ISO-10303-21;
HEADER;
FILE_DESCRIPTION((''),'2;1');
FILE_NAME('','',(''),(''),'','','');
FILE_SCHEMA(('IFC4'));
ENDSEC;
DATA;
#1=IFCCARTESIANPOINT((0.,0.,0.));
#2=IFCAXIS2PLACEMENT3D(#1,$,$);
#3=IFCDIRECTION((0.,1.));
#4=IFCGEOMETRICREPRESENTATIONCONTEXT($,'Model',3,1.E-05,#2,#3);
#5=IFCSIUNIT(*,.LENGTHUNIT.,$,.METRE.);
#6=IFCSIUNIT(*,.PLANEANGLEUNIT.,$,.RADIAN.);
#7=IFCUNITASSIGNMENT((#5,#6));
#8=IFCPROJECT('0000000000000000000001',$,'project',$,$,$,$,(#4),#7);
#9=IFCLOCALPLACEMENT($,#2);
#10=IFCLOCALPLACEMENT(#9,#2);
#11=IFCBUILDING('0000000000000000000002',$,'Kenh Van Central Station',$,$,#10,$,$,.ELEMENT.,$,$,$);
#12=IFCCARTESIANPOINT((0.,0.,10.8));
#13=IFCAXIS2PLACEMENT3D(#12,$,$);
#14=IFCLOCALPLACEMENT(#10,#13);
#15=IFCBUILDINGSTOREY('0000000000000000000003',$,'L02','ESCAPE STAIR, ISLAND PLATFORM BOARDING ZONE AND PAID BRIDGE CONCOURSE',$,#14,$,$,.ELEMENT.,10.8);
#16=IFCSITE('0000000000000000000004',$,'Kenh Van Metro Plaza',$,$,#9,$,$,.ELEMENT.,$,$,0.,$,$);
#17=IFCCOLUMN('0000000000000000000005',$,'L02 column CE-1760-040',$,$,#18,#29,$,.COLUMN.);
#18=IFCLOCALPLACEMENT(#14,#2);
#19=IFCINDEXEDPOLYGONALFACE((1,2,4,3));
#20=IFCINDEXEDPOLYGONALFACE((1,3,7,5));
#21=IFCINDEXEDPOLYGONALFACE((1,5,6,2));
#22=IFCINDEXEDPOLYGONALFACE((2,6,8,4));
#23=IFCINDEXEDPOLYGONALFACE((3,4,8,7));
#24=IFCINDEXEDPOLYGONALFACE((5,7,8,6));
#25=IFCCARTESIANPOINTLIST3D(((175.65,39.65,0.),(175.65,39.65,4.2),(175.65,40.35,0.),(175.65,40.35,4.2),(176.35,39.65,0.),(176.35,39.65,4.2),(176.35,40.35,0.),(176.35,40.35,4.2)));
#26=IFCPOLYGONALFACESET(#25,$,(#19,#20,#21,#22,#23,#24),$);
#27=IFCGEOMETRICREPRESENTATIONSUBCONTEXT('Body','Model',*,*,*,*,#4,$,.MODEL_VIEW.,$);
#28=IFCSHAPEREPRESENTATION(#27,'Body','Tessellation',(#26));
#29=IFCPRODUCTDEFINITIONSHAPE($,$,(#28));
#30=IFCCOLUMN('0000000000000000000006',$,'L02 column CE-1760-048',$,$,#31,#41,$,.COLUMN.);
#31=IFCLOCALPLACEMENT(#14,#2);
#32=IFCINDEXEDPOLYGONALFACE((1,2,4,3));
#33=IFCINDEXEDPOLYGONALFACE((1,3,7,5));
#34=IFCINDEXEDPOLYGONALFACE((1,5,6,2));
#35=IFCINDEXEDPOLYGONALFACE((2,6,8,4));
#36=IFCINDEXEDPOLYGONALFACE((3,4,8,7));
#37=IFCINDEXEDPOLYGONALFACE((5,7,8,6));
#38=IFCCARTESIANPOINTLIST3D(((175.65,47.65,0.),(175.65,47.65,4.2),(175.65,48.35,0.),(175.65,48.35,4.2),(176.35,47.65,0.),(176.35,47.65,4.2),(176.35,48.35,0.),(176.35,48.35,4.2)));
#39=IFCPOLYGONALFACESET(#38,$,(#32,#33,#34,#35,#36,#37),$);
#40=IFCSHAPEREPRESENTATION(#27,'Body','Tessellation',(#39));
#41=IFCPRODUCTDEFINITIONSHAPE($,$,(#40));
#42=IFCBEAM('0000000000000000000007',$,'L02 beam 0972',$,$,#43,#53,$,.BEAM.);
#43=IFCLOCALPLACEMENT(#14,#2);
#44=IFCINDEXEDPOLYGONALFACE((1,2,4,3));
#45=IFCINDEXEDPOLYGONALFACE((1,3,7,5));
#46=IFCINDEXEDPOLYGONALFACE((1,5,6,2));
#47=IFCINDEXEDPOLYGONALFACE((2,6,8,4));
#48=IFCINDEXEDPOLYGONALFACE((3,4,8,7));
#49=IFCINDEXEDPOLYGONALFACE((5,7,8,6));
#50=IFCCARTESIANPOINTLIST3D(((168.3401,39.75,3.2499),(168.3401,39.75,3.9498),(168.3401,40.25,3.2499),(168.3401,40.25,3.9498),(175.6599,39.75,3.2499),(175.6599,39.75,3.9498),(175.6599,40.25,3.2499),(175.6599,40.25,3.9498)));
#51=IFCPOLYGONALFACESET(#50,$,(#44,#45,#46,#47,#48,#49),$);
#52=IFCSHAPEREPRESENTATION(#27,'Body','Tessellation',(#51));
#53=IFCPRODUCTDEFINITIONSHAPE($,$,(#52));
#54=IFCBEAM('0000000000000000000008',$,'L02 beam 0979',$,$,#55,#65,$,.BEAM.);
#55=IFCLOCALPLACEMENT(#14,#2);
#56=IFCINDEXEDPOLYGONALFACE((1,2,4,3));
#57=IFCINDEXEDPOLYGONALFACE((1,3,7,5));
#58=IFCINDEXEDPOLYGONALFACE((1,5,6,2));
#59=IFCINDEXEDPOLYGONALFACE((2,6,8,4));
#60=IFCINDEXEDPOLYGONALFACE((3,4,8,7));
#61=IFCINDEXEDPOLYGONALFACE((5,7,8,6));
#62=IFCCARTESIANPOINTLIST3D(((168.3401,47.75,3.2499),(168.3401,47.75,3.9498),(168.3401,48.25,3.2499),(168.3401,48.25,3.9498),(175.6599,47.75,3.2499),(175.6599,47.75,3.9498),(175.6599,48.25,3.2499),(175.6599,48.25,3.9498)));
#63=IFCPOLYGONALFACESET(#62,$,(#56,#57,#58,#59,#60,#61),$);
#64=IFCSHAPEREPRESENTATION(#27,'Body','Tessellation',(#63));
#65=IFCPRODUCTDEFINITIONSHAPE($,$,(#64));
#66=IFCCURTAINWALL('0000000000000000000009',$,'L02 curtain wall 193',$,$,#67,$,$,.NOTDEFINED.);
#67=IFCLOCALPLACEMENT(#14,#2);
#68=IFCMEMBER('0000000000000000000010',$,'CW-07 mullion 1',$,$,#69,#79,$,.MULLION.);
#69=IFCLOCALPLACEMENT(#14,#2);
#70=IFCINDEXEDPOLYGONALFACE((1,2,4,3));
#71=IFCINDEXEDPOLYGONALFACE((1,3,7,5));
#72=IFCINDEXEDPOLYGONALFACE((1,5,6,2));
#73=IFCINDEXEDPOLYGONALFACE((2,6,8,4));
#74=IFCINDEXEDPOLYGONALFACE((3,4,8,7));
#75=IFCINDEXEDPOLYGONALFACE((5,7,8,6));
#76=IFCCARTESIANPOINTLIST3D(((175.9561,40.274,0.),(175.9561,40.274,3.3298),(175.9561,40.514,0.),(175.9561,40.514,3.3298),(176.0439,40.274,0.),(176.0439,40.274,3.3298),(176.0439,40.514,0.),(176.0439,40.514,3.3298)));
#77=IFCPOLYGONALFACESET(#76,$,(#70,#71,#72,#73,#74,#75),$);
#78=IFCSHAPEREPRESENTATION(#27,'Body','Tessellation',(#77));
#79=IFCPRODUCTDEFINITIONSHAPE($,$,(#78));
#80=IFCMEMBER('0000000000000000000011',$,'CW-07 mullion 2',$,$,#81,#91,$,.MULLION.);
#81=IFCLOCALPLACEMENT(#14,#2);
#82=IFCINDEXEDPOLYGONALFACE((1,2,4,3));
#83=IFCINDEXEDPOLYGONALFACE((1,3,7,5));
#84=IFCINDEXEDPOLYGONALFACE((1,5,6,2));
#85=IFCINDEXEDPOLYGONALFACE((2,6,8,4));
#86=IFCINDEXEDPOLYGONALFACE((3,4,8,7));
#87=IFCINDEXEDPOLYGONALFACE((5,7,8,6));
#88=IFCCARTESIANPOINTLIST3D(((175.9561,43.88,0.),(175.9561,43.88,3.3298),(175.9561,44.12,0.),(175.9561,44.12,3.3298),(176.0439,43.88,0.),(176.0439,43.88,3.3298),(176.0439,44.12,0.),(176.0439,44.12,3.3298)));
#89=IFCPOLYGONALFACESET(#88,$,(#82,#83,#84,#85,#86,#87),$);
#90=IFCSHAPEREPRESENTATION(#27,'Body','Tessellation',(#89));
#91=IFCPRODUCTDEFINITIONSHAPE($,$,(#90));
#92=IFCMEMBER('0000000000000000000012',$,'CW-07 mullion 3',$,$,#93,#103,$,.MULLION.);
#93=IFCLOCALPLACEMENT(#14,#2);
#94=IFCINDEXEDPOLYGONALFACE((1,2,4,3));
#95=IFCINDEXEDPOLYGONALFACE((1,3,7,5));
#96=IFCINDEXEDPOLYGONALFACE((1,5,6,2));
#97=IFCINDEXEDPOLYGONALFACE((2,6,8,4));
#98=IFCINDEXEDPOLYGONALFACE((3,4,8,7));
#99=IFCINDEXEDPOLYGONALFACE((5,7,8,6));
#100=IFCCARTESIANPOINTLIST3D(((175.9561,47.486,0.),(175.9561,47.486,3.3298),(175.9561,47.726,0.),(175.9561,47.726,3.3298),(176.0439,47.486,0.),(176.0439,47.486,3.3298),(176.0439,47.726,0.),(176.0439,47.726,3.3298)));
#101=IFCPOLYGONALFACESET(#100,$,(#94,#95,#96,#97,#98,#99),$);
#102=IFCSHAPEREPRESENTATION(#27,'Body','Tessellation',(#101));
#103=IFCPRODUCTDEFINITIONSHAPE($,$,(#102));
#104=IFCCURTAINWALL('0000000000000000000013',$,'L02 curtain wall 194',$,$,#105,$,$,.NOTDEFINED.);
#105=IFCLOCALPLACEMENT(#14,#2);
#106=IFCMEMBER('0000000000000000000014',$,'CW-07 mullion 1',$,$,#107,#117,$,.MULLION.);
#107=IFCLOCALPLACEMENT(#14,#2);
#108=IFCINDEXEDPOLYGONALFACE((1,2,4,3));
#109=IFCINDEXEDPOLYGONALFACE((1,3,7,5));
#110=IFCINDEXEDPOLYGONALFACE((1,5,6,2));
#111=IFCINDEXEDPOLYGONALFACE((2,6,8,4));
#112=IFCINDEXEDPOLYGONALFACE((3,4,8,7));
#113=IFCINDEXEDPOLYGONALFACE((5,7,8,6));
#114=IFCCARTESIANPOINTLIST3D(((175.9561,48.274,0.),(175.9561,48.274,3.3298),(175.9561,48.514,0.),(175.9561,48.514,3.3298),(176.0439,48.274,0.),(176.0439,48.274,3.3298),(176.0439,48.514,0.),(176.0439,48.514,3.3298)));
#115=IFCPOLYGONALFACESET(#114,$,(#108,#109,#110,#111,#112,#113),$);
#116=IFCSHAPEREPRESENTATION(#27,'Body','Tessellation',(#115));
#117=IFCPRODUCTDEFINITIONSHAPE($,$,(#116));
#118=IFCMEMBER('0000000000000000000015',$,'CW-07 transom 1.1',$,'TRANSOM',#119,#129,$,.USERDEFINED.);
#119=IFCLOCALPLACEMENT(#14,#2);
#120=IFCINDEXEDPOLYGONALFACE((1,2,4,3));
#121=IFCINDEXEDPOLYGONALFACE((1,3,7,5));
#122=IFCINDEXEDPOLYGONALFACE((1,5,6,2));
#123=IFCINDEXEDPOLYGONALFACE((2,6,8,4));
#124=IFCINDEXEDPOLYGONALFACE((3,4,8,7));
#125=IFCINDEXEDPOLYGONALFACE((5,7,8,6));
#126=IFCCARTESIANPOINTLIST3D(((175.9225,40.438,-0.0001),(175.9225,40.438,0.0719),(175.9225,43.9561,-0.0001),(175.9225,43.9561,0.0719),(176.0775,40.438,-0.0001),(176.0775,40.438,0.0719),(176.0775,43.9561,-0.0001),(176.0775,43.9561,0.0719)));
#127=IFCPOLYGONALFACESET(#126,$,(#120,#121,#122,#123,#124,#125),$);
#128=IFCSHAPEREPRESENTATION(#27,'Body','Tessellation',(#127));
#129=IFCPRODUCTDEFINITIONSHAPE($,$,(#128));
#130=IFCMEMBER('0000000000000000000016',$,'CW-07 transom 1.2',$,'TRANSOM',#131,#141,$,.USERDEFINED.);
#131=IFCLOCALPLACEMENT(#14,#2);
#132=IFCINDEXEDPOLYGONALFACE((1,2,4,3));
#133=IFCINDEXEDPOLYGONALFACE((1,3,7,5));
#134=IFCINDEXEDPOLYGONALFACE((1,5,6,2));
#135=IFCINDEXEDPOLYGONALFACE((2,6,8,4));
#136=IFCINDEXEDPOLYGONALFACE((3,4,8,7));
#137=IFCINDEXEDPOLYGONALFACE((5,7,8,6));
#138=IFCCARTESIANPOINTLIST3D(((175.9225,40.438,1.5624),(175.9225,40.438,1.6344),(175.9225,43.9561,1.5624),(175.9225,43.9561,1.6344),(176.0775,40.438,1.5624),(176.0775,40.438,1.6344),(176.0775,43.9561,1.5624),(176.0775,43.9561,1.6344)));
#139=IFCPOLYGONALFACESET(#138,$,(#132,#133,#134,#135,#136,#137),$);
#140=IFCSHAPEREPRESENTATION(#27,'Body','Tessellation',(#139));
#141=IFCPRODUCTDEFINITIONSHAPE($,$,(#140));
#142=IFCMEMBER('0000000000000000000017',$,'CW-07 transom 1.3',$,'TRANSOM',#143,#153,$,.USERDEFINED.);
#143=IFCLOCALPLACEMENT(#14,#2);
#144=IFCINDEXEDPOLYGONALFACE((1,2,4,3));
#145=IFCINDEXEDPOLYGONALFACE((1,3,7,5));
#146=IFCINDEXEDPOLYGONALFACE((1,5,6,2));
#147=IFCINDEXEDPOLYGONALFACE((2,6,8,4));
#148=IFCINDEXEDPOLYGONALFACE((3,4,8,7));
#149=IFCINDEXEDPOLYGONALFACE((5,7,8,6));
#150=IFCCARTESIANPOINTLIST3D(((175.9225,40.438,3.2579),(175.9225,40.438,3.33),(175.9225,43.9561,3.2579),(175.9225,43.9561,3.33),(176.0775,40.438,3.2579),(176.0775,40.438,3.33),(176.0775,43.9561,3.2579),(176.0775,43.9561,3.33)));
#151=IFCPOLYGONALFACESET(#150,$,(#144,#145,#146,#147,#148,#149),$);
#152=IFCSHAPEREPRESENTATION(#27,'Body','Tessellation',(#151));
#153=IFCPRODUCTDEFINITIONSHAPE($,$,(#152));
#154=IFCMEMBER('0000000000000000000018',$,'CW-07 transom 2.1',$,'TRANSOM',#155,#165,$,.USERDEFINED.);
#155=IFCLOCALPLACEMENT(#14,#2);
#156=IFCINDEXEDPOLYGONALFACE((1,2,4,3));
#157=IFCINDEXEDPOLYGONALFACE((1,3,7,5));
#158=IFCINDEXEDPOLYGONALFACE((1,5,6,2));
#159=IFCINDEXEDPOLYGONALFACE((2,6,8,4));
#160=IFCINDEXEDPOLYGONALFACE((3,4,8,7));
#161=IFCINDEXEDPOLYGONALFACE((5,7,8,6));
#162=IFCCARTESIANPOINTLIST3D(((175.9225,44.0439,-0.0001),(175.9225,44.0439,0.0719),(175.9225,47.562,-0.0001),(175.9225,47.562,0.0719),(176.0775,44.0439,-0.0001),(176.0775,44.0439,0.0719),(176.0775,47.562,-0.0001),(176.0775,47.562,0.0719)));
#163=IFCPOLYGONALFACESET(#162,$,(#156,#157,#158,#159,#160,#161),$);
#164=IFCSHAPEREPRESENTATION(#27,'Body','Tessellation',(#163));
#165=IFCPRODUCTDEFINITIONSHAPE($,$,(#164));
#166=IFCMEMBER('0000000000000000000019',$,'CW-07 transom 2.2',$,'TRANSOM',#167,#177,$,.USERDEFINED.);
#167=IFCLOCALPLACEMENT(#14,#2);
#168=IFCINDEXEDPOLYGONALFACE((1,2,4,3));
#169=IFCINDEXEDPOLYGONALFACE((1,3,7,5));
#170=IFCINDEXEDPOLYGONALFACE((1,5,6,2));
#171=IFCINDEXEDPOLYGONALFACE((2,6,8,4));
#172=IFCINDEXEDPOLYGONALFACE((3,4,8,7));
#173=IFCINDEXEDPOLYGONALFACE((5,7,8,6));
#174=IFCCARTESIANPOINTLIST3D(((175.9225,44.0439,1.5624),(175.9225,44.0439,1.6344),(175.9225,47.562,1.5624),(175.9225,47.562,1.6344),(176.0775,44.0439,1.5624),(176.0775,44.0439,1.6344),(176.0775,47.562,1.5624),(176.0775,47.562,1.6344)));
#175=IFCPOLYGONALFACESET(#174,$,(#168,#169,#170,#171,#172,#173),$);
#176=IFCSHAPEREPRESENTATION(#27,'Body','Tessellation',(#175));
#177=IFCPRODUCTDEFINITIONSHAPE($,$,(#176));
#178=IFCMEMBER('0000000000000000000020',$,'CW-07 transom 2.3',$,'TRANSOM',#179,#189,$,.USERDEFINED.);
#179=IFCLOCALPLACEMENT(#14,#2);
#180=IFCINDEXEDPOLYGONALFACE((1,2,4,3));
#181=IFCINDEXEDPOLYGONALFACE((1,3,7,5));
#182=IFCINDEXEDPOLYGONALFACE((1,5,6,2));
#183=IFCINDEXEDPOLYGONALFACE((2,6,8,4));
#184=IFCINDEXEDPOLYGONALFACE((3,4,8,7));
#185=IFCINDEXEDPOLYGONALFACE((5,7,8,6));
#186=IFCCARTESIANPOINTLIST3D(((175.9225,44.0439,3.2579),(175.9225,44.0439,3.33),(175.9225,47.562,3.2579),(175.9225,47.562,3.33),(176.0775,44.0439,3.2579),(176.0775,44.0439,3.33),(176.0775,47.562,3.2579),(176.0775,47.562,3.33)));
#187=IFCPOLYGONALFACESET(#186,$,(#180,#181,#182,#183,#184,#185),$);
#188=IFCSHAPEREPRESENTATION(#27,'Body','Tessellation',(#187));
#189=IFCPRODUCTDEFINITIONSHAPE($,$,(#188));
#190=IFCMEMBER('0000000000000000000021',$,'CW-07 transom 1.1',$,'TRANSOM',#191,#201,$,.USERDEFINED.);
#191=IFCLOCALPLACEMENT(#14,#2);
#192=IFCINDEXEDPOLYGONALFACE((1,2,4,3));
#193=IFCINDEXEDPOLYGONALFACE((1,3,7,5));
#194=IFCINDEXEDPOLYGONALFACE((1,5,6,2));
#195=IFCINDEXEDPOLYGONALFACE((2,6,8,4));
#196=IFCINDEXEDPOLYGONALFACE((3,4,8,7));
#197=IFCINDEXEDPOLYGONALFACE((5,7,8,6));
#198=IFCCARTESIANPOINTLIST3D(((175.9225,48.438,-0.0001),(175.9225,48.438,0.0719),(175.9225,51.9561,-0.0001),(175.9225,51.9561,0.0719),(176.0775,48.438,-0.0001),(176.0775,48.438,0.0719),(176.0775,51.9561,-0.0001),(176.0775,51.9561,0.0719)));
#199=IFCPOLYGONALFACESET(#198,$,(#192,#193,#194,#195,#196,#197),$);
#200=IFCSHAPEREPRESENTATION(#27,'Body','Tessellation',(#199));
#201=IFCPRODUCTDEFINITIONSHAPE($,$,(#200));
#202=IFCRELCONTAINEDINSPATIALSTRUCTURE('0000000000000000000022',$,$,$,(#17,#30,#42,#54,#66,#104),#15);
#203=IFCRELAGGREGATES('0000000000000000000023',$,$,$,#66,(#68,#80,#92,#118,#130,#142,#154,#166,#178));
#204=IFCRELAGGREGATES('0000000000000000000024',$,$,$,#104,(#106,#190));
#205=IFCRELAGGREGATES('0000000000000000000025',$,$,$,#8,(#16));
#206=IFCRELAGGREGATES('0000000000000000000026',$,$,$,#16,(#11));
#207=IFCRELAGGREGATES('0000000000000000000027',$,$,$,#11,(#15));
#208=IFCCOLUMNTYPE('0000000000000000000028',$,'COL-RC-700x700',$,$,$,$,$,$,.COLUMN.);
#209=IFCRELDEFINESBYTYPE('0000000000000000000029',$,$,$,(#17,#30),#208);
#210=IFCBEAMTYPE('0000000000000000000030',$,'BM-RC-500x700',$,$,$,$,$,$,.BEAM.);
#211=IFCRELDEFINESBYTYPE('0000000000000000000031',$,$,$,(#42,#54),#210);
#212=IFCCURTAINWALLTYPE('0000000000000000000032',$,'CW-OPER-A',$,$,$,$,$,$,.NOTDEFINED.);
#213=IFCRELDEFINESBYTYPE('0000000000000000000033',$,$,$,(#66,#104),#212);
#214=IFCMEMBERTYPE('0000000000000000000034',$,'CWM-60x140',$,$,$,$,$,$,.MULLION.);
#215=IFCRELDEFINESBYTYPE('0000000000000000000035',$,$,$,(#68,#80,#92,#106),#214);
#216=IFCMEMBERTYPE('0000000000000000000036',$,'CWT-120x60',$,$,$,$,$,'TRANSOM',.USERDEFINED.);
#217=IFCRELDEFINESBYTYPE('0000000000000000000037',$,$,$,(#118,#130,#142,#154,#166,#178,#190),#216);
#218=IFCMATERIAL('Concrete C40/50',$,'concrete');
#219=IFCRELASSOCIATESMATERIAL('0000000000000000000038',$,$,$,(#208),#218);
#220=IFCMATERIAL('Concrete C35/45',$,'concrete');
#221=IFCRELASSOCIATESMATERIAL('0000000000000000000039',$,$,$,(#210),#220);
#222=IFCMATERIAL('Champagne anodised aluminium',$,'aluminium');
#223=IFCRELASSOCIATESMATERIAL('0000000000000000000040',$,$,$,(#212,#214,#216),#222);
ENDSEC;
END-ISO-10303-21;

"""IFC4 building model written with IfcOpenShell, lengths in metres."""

from ifc_helpers import new_model, si_unit, direction, frame, origin, origin_2d, place, context, subcontext, project, spatial, rectangle, extrude, material, material_profile, profile_set, type_object, element, aggregate, save


model = new_model("IFC4")

# Units and contexts
model_context = context("Model", 3, precision=1e-05, world=origin(), true_north=direction((0.0, 1.0)))
body_context = subcontext(model_context, "Body", "Model", "MODEL_VIEW")
ifc_project = project(units=[si_unit("LENGTHUNIT", "METRE"), si_unit("PLANEANGLEUNIT", "RADIAN")], contexts=[model_context])

# Site, building, storey
site_placement = place(None, origin())
site = spatial("IfcSite", under=ifc_project, at=site_placement, Name="Kenh Van Metro Plaza", CompositionType="ELEMENT", RefElevation=0.0)
building_placement = place(site_placement, origin())
building = spatial("IfcBuilding", under=site, at=building_placement, Name="Kenh Van Central Station", CompositionType="ELEMENT")
storey_placement = place(building_placement, frame((0.0, 0.0, 10.8)))
storey = spatial("IfcBuildingStorey", under=building, at=storey_placement, Name="L02", Description="ESCAPE STAIR, ISLAND PLATFORM BOARDING ZONE AND PAID BRIDGE CONCOURSE", CompositionType="ELEMENT", Elevation=10.8)

# Columns
ifc_material_1 = material(Name="Concrete C40/50", Category="concrete")
ifc_material_profile_1 = material_profile(ifc_material_1, rectangle(XDim=0.7, YDim=0.7, at=origin_2d()), Name="RC 700x700")
ifc_profile_set_1 = profile_set([ifc_material_profile_1], Name="Concrete C40/50")
column_type = type_object("IfcColumnType", Name="COL-RC-700x700", PredefinedType="COLUMN", material=ifc_profile_set_1)
for number, where, z_axis, x_axis, name in (
    (1, (176.0, 40.0, 0.0), (0.0, 0.0, 1.0), (1.0, 0.0, 0.0), "L02 column CE-1760-040"),
    (2, (176.0, 48.0, 0.0), (0.0, 0.0, 1.0), (1.0, 0.0, 0.0), "L02 column CE-1760-048"),
):
    element("IfcColumn", number, at=place(storey_placement, frame(where, z_axis=z_axis, x_axis=x_axis)), inside=storey, type_object=column_type, Name=name, PredefinedType="COLUMN", context=body_context, shape_type="SweptSolid", body=[
        extrude(rectangle(XDim=0.7, YDim=0.7, at=origin_2d()), origin(), (0.0, 0.0, 1.0), 4.2),
    ])

# Beams
ifc_material_2 = material(Name="Concrete C35/45", Category="concrete")
ifc_material_profile_2 = material_profile(ifc_material_2, rectangle(XDim=0.5, YDim=0.7, at=origin_2d()), Name="RC 500x700")
ifc_profile_set_2 = profile_set([ifc_material_profile_2], Name="Concrete C35/45")
beam_type_1 = type_object("IfcBeamType", Name="BM-RC-500x700", PredefinedType="BEAM", material=ifc_profile_set_2)
for number, where, z_axis, x_axis, name in (
    (3, (168.3401, 40.0, 3.5999), (1.0, 0.0, 0.0), (0.0, 1.0, 0.0), "L02 beam 0972"),
    (4, (168.3401, 48.0, 3.5999), (1.0, 0.0, 0.0), (0.0, 1.0, 0.0), "L02 beam 0979"),
):
    element("IfcBeam", number, at=place(storey_placement, frame(where, z_axis=z_axis, x_axis=x_axis)), inside=storey, type_object=beam_type_1, Name=name, PredefinedType="BEAM", context=body_context, shape_type="SweptSolid", body=[
        extrude(rectangle(XDim=0.5, YDim=0.7, at=origin_2d()), origin(), (0.0, 0.0, 1.0), 7.3198),
    ])

# Curtain wall, members
ifc_material_3 = material(Name="Champagne anodised aluminium", Category="aluminium")
curtain_wall_type = type_object("IfcCurtainWallType", Name="CW-OPER-A", PredefinedType="NOTDEFINED", material=ifc_material_3)
curtain_wall_1_placement = place(storey_placement, origin())
curtain_wall_1 = element("IfcCurtainWall", 5, at=curtain_wall_1_placement, inside=storey, type_object=curtain_wall_type, Name="L02 curtain wall 193", PredefinedType="NOTDEFINED")
ifc_material_profile_3 = material_profile(ifc_material_3, rectangle(XDim=0.0879, YDim=0.24, at=origin_2d()), Name="AL 88x240")
ifc_profile_set_3 = profile_set([ifc_material_profile_3], Name="Champagne anodised aluminium")
member_type_1 = type_object("IfcMemberType", Name="CWM-60x140", PredefinedType="MULLION", material=ifc_profile_set_3)
member_1_placement = place(storey_placement, frame((176.0, 40.394, 0.0), z_axis=(0.0, 0.0, 1.0), x_axis=(-1.0, 0.0, 0.0)))
member_1 = element("IfcMember", 6, at=member_1_placement, type_object=member_type_1, Name="CW-07 mullion 1", PredefinedType="MULLION", context=body_context, shape_type="SweptSolid", body=[
    extrude(rectangle(XDim=0.0879, YDim=0.24, at=origin_2d()), origin(), (0.0, 0.0, 1.0), 3.3298),
])
member_2_placement = place(storey_placement, frame((176.0, 44.0, 0.0), z_axis=(0.0, 0.0, 1.0), x_axis=(-1.0, 0.0, 0.0)))
member_2 = element("IfcMember", 7, at=member_2_placement, type_object=member_type_1, Name="CW-07 mullion 2", PredefinedType="MULLION", context=body_context, shape_type="SweptSolid", body=[
    extrude(rectangle(XDim=0.0879, YDim=0.24, at=origin_2d()), origin(), (0.0, 0.0, 1.0), 3.3298),
])
member_3_placement = place(storey_placement, frame((176.0, 47.606, 0.0), z_axis=(0.0, 0.0, 1.0), x_axis=(-1.0, 0.0, 0.0)))
member_3 = element("IfcMember", 8, at=member_3_placement, type_object=member_type_1, Name="CW-07 mullion 3", PredefinedType="MULLION", context=body_context, shape_type="SweptSolid", body=[
    extrude(rectangle(XDim=0.0879, YDim=0.24, at=origin_2d()), origin(), (0.0, 0.0, 1.0), 3.3298),
])

# Curtain wall, member
curtain_wall_2_placement = place(storey_placement, origin())
curtain_wall_2 = element("IfcCurtainWall", 9, at=curtain_wall_2_placement, inside=storey, type_object=curtain_wall_type, Name="L02 curtain wall 194", PredefinedType="NOTDEFINED")
member_4_placement = place(storey_placement, frame((176.0, 48.394, 0.0), z_axis=(0.0, 0.0, 1.0), x_axis=(-1.0, 0.0, 0.0)))
member_4 = element("IfcMember", 10, at=member_4_placement, type_object=member_type_1, Name="CW-07 mullion 1", PredefinedType="MULLION", context=body_context, shape_type="SweptSolid", body=[
    extrude(rectangle(XDim=0.0879, YDim=0.24, at=origin_2d()), origin(), (0.0, 0.0, 1.0), 3.3298),
])

# Members
ifc_material_profile_4 = material_profile(ifc_material_3, rectangle(XDim=0.155, YDim=0.072, at=origin_2d()), Name="AL 155x72")
ifc_profile_set_4 = profile_set([ifc_material_profile_4], Name="Champagne anodised aluminium")
member_type_2 = type_object("IfcMemberType", Name="CWT-120x60", ElementType="TRANSOM", PredefinedType="USERDEFINED", material=ifc_profile_set_4)
member_5_placement = place(storey_placement, frame((176.0, 40.438, 0.0359), z_axis=(0.0, 1.0, 0.0), x_axis=(-1.0, 0.0, 0.0)))
member_5 = element("IfcMember", 11, at=member_5_placement, type_object=member_type_2, Name="CW-07 transom 1.1", ObjectType="TRANSOM", PredefinedType="USERDEFINED", context=body_context, shape_type="SweptSolid", body=[
    extrude(rectangle(XDim=0.155, YDim=0.072, at=origin_2d()), origin(), (0.0, 0.0, 1.0), 3.5181),
])
member_6_placement = place(storey_placement, frame((176.0, 40.438, 1.5984), z_axis=(0.0, 1.0, 0.0), x_axis=(-1.0, 0.0, 0.0)))
member_6 = element("IfcMember", 12, at=member_6_placement, type_object=member_type_2, Name="CW-07 transom 1.2", ObjectType="TRANSOM", PredefinedType="USERDEFINED", context=body_context, shape_type="SweptSolid", body=[
    extrude(rectangle(XDim=0.155, YDim=0.072, at=origin_2d()), origin(), (0.0, 0.0, 1.0), 3.5181),
])
member_7_placement = place(storey_placement, frame((176.0, 40.438, 3.2939), z_axis=(0.0, 1.0, 0.0), x_axis=(-1.0, 0.0, 0.0)))
member_7 = element("IfcMember", 13, at=member_7_placement, type_object=member_type_2, Name="CW-07 transom 1.3", ObjectType="TRANSOM", PredefinedType="USERDEFINED", context=body_context, shape_type="SweptSolid", body=[
    extrude(rectangle(XDim=0.155, YDim=0.072, at=origin_2d()), origin(), (0.0, 0.0, 1.0), 3.5181),
])
member_8_placement = place(storey_placement, frame((176.0, 44.0439, 0.0359), z_axis=(0.0, 1.0, 0.0), x_axis=(-1.0, 0.0, 0.0)))
member_8 = element("IfcMember", 14, at=member_8_placement, type_object=member_type_2, Name="CW-07 transom 2.1", ObjectType="TRANSOM", PredefinedType="USERDEFINED", context=body_context, shape_type="SweptSolid", body=[
    extrude(rectangle(XDim=0.155, YDim=0.072, at=origin_2d()), origin(), (0.0, 0.0, 1.0), 3.5181),
])
member_9_placement = place(storey_placement, frame((176.0, 44.0439, 1.5984), z_axis=(0.0, 1.0, 0.0), x_axis=(-1.0, 0.0, 0.0)))
member_9 = element("IfcMember", 15, at=member_9_placement, type_object=member_type_2, Name="CW-07 transom 2.2", ObjectType="TRANSOM", PredefinedType="USERDEFINED", context=body_context, shape_type="SweptSolid", body=[
    extrude(rectangle(XDim=0.155, YDim=0.072, at=origin_2d()), origin(), (0.0, 0.0, 1.0), 3.5181),
])
member_10_placement = place(storey_placement, frame((176.0, 44.0439, 3.2939), z_axis=(0.0, 1.0, 0.0), x_axis=(-1.0, 0.0, 0.0)))
member_10 = element("IfcMember", 16, at=member_10_placement, type_object=member_type_2, Name="CW-07 transom 2.3", ObjectType="TRANSOM", PredefinedType="USERDEFINED", context=body_context, shape_type="SweptSolid", body=[
    extrude(rectangle(XDim=0.155, YDim=0.072, at=origin_2d()), origin(), (0.0, 0.0, 1.0), 3.5181),
])
member_11_placement = place(storey_placement, frame((176.0, 48.438, 0.0359), z_axis=(0.0, 1.0, 0.0), x_axis=(-1.0, 0.0, 0.0)))
member_11 = element("IfcMember", 17, at=member_11_placement, type_object=member_type_2, Name="CW-07 transom 1.1", ObjectType="TRANSOM", PredefinedType="USERDEFINED", context=body_context, shape_type="SweptSolid", body=[
    extrude(rectangle(XDim=0.155, YDim=0.072, at=origin_2d()), origin(), (0.0, 0.0, 1.0), 3.5181),
])

aggregate(curtain_wall_1, [member_1, member_2, member_3, member_5, member_6, member_7, member_8, member_9, member_10])
aggregate(curtain_wall_2, [member_4, member_11])

save(model, "model.ifc")
